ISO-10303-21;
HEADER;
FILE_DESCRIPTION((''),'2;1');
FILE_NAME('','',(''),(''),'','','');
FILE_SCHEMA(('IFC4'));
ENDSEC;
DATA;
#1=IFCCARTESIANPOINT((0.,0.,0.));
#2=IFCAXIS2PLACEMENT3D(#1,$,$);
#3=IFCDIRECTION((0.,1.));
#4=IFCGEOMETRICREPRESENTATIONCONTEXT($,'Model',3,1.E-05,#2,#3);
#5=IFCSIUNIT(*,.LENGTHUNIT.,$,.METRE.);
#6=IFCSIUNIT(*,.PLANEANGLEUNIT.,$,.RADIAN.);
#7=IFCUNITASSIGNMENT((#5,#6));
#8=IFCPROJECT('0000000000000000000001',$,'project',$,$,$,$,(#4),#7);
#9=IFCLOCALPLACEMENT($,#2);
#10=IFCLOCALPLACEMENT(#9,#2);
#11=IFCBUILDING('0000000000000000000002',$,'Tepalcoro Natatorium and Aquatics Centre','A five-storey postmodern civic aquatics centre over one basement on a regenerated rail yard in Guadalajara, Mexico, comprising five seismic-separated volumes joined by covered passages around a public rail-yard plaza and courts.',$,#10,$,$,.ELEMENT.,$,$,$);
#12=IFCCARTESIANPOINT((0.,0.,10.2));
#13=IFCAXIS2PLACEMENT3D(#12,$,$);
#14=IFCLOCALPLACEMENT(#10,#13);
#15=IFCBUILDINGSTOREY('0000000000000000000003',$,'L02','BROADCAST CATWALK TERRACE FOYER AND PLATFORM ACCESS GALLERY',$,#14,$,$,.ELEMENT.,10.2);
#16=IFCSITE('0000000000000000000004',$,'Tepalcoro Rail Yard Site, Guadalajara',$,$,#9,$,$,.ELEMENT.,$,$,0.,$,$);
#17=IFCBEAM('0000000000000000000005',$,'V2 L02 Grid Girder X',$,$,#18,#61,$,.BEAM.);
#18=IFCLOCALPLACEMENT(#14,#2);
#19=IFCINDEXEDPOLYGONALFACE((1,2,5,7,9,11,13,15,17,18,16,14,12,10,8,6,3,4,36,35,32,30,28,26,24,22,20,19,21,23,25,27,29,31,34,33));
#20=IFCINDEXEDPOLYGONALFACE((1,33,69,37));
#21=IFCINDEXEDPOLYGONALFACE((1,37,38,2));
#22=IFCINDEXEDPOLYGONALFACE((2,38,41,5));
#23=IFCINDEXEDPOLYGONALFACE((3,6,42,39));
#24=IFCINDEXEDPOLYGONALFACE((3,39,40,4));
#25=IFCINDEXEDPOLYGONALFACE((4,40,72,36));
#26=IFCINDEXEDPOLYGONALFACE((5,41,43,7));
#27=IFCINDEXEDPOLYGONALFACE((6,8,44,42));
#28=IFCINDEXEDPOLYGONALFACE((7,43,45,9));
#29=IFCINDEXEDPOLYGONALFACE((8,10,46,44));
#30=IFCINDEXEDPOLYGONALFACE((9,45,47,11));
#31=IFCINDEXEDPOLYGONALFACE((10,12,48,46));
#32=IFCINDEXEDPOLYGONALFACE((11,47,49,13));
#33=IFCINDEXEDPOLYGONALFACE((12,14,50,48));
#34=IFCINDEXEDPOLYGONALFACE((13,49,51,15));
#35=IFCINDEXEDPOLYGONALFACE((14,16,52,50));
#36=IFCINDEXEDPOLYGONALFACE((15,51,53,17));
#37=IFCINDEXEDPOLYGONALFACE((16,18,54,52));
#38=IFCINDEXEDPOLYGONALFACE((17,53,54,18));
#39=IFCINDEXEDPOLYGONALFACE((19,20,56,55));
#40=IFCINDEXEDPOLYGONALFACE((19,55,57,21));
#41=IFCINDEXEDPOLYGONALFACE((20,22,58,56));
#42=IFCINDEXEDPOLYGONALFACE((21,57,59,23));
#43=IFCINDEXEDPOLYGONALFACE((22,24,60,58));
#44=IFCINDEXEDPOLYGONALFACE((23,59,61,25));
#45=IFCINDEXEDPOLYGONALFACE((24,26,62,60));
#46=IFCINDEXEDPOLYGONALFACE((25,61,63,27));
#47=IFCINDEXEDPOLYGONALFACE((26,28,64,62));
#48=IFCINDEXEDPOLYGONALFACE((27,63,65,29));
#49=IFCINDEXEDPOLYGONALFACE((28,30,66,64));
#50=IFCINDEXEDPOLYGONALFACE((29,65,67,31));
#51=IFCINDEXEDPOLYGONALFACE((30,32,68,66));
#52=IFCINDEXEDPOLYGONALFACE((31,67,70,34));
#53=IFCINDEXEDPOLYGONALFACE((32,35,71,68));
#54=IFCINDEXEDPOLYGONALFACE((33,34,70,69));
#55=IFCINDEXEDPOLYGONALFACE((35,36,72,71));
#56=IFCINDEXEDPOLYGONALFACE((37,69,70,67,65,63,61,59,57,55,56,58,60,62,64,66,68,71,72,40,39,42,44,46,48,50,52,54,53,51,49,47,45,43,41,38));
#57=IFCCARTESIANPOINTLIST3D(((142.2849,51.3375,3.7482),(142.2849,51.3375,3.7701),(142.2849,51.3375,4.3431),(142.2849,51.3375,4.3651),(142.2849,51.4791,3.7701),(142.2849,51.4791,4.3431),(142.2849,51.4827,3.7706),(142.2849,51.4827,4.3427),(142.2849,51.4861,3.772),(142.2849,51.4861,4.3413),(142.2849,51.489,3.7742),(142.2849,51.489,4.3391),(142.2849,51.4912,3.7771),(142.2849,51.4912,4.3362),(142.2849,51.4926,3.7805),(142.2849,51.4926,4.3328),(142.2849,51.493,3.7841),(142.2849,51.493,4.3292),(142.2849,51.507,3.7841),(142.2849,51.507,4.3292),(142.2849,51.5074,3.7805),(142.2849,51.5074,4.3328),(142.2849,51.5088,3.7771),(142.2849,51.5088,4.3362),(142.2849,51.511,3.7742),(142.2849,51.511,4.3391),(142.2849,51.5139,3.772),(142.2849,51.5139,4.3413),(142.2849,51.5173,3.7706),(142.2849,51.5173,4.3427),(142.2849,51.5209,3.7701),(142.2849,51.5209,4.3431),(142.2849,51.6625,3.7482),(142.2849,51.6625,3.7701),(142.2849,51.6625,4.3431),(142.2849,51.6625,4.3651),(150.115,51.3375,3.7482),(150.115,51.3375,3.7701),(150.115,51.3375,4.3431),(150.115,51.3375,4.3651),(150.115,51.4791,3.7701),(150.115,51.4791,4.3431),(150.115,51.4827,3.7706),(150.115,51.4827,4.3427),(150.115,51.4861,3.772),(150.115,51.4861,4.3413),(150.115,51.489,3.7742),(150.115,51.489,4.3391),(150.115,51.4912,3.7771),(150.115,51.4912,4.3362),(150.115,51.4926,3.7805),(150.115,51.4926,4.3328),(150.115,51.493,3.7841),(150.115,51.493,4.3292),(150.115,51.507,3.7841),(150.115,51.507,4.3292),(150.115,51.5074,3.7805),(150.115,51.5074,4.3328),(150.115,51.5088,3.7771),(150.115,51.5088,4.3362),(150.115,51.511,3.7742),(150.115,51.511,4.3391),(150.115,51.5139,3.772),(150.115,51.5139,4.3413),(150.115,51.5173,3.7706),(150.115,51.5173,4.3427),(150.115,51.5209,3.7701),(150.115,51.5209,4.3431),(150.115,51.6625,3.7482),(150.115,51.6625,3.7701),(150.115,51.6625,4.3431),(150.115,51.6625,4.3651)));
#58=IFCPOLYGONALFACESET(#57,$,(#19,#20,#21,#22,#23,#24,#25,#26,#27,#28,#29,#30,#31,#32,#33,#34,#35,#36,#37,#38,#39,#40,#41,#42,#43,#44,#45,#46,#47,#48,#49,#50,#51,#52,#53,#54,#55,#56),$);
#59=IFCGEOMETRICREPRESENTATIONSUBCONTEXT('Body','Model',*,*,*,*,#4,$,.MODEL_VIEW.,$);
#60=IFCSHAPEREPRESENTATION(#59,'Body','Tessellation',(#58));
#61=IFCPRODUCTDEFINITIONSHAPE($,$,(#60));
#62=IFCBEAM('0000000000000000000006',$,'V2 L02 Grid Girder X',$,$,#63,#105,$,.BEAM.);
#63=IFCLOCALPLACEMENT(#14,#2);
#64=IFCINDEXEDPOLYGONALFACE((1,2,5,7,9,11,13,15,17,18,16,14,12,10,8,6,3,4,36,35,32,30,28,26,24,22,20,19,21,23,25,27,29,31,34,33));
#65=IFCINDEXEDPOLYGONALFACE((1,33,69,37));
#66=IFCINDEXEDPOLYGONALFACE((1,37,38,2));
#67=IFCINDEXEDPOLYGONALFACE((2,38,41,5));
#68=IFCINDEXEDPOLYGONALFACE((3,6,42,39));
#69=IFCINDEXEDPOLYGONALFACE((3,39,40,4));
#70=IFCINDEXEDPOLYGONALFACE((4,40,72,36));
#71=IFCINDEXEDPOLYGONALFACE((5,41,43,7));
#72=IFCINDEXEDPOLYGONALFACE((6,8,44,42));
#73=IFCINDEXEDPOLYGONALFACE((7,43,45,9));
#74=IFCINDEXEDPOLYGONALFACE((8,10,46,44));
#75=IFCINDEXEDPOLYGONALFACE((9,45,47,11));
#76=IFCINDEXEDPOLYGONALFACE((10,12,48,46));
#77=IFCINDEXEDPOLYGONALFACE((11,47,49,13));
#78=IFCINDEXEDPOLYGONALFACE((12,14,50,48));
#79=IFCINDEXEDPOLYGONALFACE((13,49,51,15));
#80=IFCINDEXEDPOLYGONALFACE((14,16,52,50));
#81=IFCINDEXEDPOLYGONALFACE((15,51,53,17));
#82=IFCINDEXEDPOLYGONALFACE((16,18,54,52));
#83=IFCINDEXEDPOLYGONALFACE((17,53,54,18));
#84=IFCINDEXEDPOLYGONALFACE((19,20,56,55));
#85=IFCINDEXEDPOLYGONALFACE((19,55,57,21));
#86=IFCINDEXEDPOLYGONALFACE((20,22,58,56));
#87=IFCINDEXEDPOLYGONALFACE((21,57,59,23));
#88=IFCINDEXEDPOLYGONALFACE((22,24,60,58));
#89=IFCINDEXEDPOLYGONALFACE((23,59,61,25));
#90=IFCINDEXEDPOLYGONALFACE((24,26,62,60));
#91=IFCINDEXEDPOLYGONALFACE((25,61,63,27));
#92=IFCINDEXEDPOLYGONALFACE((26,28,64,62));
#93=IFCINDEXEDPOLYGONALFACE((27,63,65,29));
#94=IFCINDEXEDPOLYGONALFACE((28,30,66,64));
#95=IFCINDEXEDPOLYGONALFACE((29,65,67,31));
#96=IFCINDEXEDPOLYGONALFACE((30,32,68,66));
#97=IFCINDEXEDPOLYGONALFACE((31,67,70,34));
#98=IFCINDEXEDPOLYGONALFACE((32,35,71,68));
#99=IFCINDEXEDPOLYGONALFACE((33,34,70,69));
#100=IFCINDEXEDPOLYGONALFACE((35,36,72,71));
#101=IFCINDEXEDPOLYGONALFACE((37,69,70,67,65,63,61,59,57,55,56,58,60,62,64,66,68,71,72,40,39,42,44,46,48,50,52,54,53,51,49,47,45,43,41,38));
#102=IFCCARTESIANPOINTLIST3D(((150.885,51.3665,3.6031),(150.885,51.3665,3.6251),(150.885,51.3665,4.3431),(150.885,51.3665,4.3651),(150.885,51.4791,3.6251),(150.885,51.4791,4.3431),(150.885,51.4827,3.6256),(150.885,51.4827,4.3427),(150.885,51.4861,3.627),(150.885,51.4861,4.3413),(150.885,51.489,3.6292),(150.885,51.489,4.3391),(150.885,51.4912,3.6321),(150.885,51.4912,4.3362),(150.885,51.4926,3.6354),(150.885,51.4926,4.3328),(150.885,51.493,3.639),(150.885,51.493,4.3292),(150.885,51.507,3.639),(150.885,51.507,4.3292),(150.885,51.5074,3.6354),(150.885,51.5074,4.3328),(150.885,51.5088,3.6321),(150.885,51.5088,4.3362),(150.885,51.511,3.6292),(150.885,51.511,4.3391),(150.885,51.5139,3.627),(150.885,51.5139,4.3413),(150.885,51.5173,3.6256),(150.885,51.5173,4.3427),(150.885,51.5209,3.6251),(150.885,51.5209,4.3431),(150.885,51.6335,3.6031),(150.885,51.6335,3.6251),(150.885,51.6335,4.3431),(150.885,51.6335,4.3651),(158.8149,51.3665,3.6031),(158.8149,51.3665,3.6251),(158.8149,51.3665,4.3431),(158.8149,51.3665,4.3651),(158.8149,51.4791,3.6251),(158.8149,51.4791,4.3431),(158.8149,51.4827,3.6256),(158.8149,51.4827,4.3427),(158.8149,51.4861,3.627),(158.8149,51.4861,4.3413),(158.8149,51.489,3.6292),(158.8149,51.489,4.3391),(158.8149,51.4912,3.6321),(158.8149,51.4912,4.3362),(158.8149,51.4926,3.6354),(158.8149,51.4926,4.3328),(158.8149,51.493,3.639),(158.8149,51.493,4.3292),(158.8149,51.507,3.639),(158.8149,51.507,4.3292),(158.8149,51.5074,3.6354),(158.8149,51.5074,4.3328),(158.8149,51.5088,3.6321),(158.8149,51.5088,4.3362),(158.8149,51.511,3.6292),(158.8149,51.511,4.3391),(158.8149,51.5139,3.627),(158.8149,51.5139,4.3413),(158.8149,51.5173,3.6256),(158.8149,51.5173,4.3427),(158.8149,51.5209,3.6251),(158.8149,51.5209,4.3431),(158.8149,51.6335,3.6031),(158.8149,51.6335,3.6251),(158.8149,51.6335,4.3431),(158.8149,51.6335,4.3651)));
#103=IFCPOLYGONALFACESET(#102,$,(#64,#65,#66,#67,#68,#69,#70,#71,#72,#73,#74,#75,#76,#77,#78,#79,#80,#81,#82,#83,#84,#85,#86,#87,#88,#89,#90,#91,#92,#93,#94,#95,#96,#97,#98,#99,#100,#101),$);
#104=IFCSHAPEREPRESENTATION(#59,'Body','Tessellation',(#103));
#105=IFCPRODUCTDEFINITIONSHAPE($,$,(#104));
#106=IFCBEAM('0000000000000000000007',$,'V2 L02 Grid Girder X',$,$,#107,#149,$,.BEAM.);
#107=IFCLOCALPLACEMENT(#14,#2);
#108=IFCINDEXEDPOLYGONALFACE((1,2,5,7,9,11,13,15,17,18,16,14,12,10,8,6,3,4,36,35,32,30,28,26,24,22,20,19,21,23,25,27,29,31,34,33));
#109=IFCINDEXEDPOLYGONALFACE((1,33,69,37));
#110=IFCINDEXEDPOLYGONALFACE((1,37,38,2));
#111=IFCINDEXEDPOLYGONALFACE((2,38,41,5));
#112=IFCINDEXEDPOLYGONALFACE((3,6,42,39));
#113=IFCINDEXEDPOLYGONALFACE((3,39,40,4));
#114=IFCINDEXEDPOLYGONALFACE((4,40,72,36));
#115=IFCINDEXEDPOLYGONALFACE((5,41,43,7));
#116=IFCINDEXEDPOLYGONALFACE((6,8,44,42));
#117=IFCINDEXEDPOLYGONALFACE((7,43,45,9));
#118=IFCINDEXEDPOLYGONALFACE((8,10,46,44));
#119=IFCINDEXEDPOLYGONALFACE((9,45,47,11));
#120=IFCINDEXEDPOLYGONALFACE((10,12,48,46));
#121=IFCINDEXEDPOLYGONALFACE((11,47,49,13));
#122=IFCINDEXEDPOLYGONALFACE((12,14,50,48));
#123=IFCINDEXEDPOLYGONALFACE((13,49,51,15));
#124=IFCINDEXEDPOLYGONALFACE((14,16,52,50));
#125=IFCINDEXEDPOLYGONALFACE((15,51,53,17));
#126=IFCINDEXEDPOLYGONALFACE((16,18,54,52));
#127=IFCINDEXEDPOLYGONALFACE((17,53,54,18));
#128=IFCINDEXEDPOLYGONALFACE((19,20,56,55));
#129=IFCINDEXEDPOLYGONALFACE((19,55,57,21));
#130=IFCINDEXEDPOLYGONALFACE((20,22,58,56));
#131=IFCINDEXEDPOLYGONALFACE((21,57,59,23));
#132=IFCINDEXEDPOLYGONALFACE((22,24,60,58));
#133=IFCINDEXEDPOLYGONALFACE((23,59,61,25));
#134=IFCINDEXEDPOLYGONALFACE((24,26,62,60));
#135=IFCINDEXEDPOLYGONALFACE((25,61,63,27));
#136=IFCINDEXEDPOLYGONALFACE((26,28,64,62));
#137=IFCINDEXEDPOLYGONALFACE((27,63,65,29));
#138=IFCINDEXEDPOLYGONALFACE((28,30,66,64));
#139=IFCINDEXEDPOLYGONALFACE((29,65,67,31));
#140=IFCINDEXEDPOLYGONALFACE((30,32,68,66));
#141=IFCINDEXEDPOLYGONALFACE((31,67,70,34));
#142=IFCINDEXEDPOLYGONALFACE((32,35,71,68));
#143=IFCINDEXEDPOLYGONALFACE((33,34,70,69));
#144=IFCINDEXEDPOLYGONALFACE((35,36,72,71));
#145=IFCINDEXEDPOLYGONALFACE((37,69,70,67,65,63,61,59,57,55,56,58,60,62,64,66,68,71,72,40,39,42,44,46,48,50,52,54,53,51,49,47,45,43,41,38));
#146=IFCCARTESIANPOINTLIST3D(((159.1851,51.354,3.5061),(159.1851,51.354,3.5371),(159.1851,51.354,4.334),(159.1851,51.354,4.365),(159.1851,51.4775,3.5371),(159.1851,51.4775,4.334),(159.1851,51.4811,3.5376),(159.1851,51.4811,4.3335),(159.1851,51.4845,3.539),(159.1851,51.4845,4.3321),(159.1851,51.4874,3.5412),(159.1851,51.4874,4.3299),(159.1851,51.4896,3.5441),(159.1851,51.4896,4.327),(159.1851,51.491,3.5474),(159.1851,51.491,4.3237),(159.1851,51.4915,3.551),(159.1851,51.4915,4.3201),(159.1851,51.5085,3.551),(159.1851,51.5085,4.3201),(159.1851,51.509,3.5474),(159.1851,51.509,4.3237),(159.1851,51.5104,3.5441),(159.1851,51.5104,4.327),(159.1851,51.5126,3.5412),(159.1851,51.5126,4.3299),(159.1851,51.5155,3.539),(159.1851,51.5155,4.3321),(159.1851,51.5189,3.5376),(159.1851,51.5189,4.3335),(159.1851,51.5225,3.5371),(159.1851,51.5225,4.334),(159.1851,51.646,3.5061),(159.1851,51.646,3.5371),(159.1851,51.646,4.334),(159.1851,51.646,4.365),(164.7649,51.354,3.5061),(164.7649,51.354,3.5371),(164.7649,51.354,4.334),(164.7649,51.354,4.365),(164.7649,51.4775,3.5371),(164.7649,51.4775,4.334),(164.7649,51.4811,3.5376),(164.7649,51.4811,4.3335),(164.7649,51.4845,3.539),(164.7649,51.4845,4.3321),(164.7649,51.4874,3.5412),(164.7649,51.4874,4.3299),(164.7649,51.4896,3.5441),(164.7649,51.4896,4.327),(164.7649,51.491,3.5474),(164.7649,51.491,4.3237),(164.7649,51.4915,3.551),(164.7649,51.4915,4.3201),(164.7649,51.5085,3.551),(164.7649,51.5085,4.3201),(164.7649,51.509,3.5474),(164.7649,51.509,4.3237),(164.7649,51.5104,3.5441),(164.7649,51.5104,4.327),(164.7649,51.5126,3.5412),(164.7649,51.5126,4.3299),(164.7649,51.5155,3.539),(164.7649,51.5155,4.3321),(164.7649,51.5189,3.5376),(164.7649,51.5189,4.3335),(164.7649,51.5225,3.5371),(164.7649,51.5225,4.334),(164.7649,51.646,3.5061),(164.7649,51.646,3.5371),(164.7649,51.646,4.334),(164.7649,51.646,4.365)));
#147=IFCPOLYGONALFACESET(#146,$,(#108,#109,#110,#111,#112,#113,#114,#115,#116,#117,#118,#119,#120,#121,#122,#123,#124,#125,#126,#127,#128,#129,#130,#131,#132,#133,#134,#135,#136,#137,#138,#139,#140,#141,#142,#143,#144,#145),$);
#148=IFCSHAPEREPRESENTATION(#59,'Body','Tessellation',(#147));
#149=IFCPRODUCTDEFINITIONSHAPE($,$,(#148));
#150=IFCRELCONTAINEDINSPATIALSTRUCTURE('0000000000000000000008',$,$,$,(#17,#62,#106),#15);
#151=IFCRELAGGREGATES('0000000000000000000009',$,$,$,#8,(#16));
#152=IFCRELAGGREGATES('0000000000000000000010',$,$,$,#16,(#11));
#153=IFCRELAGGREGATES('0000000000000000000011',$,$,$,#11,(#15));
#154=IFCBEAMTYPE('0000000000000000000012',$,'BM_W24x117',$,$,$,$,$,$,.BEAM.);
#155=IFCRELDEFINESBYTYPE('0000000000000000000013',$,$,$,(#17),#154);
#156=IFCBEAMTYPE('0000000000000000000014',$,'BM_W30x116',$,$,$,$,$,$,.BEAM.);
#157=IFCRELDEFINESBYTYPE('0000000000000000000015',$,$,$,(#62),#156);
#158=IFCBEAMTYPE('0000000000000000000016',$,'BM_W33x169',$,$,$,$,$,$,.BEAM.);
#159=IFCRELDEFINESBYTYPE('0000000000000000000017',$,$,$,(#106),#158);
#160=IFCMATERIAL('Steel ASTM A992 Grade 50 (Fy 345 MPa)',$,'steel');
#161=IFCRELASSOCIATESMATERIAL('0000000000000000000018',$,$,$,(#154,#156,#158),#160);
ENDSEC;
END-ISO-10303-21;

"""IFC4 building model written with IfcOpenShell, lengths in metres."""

from ifc_helpers import new_model, si_unit, direction, frame, origin, origin_2d, place, context, subcontext, project, spatial, i_section, extrude, material, material_profile, profile_set, type_object, element, save


model = new_model("IFC4")

# Units and contexts
model_context = context("Model", 3, precision=1e-05, world=origin(), true_north=direction((0.0, 1.0)))
body_context = subcontext(model_context, "Body", "Model", "MODEL_VIEW")
ifc_project = project(units=[si_unit("LENGTHUNIT", "METRE"), si_unit("PLANEANGLEUNIT", "RADIAN")], contexts=[model_context])

# Site, building, storey
site_placement = place(None, origin())
site = spatial("IfcSite", under=ifc_project, at=site_placement, Name="Tepalcoro Rail Yard Site, Guadalajara", CompositionType="ELEMENT", RefElevation=0.0)
building_placement = place(site_placement, origin())
building = spatial("IfcBuilding", under=site, at=building_placement, Name="Tepalcoro Natatorium and Aquatics Centre", Description="A five-storey postmodern civic aquatics centre over one basement on a regenerated rail yard in Guadalajara, Mexico, comprising five seismic-separated volumes joined by covered passages around a public rail-yard plaza and courts.", CompositionType="ELEMENT")
storey_placement = place(building_placement, frame((0.0, 0.0, 10.2)))
storey = spatial("IfcBuildingStorey", under=building, at=storey_placement, Name="L02", Description="BROADCAST CATWALK TERRACE FOYER AND PLATFORM ACCESS GALLERY", CompositionType="ELEMENT", Elevation=10.2)

# Beams
ifc_material_1 = material(Name="Steel ASTM A992 Grade 50 (Fy 345 MPa)", Category="steel")
ifc_material_profile_1 = material_profile(ifc_material_1, i_section(OverallWidth=0.325, OverallDepth=0.6169, WebThickness=0.0139, FlangeThickness=0.022, FilletRadius=0.0139, at=origin_2d()), Name="W24X117")
ifc_profile_set_1 = profile_set([ifc_material_profile_1], Name="Steel ASTM A992 Grade 50 (Fy 345 MPa)")
beam_type_1 = type_object("IfcBeamType", Name="BM_W24x117", PredefinedType="BEAM", material=ifc_profile_set_1)
beam_1_placement = place(storey_placement, frame((142.2849, 51.5, 4.0566), z_axis=(1.0, 0.0, 0.0), x_axis=(0.0, 1.0, 0.0)))
element("IfcBeam", 1, at=beam_1_placement, inside=storey, type_object=beam_type_1, Name="V2 L02 Grid Girder X", PredefinedType="BEAM", context=body_context, shape_type="SweptSolid", body=[
    extrude(i_section(OverallWidth=0.325, OverallDepth=0.6169, WebThickness=0.0139, FlangeThickness=0.022, FilletRadius=0.0139, at=origin_2d()), origin(), (0.0, 0.0, 1.0), 7.8301),
])
ifc_material_profile_2 = material_profile(ifc_material_1, i_section(OverallWidth=0.2671, OverallDepth=0.762, WebThickness=0.0139, FlangeThickness=0.022, FilletRadius=0.0139, at=origin_2d()), Name="W30X116")
ifc_profile_set_2 = profile_set([ifc_material_profile_2], Name="Steel ASTM A992 Grade 50 (Fy 345 MPa)")
beam_type_2 = type_object("IfcBeamType", Name="BM_W30x116", PredefinedType="BEAM", material=ifc_profile_set_2)
beam_2_placement = place(storey_placement, frame((150.885, 51.5, 3.9841), z_axis=(1.0, 0.0, 0.0), x_axis=(0.0, 1.0, 0.0)))
element("IfcBeam", 2, at=beam_2_placement, inside=storey, type_object=beam_type_2, Name="V2 L02 Grid Girder X", PredefinedType="BEAM", context=body_context, shape_type="SweptSolid", body=[
    extrude(i_section(OverallWidth=0.2671, OverallDepth=0.762, WebThickness=0.0139, FlangeThickness=0.022, FilletRadius=0.0139, at=origin_2d()), origin(), (0.0, 0.0, 1.0), 7.9299),
])
ifc_material_profile_3 = material_profile(ifc_material_1, i_section(OverallWidth=0.292, OverallDepth=0.8589, WebThickness=0.0171, FlangeThickness=0.031, FilletRadius=0.0139, at=origin_2d()), Name="W33X169")
ifc_profile_set_3 = profile_set([ifc_material_profile_3], Name="Steel ASTM A992 Grade 50 (Fy 345 MPa)")
beam_type_3 = type_object("IfcBeamType", Name="BM_W33x169", PredefinedType="BEAM", material=ifc_profile_set_3)
beam_3_placement = place(storey_placement, frame((159.1851, 51.5, 3.9355), z_axis=(1.0, 0.0, 0.0), x_axis=(0.0, 1.0, 0.0)))
element("IfcBeam", 3, at=beam_3_placement, inside=storey, type_object=beam_type_3, Name="V2 L02 Grid Girder X", PredefinedType="BEAM", context=body_context, shape_type="SweptSolid", body=[
    extrude(i_section(OverallWidth=0.292, OverallDepth=0.8589, WebThickness=0.0171, FlangeThickness=0.031, FilletRadius=0.0139, at=origin_2d()), origin(), (0.0, 0.0, 1.0), 5.5798),
])

save(model, "model.ifc")
